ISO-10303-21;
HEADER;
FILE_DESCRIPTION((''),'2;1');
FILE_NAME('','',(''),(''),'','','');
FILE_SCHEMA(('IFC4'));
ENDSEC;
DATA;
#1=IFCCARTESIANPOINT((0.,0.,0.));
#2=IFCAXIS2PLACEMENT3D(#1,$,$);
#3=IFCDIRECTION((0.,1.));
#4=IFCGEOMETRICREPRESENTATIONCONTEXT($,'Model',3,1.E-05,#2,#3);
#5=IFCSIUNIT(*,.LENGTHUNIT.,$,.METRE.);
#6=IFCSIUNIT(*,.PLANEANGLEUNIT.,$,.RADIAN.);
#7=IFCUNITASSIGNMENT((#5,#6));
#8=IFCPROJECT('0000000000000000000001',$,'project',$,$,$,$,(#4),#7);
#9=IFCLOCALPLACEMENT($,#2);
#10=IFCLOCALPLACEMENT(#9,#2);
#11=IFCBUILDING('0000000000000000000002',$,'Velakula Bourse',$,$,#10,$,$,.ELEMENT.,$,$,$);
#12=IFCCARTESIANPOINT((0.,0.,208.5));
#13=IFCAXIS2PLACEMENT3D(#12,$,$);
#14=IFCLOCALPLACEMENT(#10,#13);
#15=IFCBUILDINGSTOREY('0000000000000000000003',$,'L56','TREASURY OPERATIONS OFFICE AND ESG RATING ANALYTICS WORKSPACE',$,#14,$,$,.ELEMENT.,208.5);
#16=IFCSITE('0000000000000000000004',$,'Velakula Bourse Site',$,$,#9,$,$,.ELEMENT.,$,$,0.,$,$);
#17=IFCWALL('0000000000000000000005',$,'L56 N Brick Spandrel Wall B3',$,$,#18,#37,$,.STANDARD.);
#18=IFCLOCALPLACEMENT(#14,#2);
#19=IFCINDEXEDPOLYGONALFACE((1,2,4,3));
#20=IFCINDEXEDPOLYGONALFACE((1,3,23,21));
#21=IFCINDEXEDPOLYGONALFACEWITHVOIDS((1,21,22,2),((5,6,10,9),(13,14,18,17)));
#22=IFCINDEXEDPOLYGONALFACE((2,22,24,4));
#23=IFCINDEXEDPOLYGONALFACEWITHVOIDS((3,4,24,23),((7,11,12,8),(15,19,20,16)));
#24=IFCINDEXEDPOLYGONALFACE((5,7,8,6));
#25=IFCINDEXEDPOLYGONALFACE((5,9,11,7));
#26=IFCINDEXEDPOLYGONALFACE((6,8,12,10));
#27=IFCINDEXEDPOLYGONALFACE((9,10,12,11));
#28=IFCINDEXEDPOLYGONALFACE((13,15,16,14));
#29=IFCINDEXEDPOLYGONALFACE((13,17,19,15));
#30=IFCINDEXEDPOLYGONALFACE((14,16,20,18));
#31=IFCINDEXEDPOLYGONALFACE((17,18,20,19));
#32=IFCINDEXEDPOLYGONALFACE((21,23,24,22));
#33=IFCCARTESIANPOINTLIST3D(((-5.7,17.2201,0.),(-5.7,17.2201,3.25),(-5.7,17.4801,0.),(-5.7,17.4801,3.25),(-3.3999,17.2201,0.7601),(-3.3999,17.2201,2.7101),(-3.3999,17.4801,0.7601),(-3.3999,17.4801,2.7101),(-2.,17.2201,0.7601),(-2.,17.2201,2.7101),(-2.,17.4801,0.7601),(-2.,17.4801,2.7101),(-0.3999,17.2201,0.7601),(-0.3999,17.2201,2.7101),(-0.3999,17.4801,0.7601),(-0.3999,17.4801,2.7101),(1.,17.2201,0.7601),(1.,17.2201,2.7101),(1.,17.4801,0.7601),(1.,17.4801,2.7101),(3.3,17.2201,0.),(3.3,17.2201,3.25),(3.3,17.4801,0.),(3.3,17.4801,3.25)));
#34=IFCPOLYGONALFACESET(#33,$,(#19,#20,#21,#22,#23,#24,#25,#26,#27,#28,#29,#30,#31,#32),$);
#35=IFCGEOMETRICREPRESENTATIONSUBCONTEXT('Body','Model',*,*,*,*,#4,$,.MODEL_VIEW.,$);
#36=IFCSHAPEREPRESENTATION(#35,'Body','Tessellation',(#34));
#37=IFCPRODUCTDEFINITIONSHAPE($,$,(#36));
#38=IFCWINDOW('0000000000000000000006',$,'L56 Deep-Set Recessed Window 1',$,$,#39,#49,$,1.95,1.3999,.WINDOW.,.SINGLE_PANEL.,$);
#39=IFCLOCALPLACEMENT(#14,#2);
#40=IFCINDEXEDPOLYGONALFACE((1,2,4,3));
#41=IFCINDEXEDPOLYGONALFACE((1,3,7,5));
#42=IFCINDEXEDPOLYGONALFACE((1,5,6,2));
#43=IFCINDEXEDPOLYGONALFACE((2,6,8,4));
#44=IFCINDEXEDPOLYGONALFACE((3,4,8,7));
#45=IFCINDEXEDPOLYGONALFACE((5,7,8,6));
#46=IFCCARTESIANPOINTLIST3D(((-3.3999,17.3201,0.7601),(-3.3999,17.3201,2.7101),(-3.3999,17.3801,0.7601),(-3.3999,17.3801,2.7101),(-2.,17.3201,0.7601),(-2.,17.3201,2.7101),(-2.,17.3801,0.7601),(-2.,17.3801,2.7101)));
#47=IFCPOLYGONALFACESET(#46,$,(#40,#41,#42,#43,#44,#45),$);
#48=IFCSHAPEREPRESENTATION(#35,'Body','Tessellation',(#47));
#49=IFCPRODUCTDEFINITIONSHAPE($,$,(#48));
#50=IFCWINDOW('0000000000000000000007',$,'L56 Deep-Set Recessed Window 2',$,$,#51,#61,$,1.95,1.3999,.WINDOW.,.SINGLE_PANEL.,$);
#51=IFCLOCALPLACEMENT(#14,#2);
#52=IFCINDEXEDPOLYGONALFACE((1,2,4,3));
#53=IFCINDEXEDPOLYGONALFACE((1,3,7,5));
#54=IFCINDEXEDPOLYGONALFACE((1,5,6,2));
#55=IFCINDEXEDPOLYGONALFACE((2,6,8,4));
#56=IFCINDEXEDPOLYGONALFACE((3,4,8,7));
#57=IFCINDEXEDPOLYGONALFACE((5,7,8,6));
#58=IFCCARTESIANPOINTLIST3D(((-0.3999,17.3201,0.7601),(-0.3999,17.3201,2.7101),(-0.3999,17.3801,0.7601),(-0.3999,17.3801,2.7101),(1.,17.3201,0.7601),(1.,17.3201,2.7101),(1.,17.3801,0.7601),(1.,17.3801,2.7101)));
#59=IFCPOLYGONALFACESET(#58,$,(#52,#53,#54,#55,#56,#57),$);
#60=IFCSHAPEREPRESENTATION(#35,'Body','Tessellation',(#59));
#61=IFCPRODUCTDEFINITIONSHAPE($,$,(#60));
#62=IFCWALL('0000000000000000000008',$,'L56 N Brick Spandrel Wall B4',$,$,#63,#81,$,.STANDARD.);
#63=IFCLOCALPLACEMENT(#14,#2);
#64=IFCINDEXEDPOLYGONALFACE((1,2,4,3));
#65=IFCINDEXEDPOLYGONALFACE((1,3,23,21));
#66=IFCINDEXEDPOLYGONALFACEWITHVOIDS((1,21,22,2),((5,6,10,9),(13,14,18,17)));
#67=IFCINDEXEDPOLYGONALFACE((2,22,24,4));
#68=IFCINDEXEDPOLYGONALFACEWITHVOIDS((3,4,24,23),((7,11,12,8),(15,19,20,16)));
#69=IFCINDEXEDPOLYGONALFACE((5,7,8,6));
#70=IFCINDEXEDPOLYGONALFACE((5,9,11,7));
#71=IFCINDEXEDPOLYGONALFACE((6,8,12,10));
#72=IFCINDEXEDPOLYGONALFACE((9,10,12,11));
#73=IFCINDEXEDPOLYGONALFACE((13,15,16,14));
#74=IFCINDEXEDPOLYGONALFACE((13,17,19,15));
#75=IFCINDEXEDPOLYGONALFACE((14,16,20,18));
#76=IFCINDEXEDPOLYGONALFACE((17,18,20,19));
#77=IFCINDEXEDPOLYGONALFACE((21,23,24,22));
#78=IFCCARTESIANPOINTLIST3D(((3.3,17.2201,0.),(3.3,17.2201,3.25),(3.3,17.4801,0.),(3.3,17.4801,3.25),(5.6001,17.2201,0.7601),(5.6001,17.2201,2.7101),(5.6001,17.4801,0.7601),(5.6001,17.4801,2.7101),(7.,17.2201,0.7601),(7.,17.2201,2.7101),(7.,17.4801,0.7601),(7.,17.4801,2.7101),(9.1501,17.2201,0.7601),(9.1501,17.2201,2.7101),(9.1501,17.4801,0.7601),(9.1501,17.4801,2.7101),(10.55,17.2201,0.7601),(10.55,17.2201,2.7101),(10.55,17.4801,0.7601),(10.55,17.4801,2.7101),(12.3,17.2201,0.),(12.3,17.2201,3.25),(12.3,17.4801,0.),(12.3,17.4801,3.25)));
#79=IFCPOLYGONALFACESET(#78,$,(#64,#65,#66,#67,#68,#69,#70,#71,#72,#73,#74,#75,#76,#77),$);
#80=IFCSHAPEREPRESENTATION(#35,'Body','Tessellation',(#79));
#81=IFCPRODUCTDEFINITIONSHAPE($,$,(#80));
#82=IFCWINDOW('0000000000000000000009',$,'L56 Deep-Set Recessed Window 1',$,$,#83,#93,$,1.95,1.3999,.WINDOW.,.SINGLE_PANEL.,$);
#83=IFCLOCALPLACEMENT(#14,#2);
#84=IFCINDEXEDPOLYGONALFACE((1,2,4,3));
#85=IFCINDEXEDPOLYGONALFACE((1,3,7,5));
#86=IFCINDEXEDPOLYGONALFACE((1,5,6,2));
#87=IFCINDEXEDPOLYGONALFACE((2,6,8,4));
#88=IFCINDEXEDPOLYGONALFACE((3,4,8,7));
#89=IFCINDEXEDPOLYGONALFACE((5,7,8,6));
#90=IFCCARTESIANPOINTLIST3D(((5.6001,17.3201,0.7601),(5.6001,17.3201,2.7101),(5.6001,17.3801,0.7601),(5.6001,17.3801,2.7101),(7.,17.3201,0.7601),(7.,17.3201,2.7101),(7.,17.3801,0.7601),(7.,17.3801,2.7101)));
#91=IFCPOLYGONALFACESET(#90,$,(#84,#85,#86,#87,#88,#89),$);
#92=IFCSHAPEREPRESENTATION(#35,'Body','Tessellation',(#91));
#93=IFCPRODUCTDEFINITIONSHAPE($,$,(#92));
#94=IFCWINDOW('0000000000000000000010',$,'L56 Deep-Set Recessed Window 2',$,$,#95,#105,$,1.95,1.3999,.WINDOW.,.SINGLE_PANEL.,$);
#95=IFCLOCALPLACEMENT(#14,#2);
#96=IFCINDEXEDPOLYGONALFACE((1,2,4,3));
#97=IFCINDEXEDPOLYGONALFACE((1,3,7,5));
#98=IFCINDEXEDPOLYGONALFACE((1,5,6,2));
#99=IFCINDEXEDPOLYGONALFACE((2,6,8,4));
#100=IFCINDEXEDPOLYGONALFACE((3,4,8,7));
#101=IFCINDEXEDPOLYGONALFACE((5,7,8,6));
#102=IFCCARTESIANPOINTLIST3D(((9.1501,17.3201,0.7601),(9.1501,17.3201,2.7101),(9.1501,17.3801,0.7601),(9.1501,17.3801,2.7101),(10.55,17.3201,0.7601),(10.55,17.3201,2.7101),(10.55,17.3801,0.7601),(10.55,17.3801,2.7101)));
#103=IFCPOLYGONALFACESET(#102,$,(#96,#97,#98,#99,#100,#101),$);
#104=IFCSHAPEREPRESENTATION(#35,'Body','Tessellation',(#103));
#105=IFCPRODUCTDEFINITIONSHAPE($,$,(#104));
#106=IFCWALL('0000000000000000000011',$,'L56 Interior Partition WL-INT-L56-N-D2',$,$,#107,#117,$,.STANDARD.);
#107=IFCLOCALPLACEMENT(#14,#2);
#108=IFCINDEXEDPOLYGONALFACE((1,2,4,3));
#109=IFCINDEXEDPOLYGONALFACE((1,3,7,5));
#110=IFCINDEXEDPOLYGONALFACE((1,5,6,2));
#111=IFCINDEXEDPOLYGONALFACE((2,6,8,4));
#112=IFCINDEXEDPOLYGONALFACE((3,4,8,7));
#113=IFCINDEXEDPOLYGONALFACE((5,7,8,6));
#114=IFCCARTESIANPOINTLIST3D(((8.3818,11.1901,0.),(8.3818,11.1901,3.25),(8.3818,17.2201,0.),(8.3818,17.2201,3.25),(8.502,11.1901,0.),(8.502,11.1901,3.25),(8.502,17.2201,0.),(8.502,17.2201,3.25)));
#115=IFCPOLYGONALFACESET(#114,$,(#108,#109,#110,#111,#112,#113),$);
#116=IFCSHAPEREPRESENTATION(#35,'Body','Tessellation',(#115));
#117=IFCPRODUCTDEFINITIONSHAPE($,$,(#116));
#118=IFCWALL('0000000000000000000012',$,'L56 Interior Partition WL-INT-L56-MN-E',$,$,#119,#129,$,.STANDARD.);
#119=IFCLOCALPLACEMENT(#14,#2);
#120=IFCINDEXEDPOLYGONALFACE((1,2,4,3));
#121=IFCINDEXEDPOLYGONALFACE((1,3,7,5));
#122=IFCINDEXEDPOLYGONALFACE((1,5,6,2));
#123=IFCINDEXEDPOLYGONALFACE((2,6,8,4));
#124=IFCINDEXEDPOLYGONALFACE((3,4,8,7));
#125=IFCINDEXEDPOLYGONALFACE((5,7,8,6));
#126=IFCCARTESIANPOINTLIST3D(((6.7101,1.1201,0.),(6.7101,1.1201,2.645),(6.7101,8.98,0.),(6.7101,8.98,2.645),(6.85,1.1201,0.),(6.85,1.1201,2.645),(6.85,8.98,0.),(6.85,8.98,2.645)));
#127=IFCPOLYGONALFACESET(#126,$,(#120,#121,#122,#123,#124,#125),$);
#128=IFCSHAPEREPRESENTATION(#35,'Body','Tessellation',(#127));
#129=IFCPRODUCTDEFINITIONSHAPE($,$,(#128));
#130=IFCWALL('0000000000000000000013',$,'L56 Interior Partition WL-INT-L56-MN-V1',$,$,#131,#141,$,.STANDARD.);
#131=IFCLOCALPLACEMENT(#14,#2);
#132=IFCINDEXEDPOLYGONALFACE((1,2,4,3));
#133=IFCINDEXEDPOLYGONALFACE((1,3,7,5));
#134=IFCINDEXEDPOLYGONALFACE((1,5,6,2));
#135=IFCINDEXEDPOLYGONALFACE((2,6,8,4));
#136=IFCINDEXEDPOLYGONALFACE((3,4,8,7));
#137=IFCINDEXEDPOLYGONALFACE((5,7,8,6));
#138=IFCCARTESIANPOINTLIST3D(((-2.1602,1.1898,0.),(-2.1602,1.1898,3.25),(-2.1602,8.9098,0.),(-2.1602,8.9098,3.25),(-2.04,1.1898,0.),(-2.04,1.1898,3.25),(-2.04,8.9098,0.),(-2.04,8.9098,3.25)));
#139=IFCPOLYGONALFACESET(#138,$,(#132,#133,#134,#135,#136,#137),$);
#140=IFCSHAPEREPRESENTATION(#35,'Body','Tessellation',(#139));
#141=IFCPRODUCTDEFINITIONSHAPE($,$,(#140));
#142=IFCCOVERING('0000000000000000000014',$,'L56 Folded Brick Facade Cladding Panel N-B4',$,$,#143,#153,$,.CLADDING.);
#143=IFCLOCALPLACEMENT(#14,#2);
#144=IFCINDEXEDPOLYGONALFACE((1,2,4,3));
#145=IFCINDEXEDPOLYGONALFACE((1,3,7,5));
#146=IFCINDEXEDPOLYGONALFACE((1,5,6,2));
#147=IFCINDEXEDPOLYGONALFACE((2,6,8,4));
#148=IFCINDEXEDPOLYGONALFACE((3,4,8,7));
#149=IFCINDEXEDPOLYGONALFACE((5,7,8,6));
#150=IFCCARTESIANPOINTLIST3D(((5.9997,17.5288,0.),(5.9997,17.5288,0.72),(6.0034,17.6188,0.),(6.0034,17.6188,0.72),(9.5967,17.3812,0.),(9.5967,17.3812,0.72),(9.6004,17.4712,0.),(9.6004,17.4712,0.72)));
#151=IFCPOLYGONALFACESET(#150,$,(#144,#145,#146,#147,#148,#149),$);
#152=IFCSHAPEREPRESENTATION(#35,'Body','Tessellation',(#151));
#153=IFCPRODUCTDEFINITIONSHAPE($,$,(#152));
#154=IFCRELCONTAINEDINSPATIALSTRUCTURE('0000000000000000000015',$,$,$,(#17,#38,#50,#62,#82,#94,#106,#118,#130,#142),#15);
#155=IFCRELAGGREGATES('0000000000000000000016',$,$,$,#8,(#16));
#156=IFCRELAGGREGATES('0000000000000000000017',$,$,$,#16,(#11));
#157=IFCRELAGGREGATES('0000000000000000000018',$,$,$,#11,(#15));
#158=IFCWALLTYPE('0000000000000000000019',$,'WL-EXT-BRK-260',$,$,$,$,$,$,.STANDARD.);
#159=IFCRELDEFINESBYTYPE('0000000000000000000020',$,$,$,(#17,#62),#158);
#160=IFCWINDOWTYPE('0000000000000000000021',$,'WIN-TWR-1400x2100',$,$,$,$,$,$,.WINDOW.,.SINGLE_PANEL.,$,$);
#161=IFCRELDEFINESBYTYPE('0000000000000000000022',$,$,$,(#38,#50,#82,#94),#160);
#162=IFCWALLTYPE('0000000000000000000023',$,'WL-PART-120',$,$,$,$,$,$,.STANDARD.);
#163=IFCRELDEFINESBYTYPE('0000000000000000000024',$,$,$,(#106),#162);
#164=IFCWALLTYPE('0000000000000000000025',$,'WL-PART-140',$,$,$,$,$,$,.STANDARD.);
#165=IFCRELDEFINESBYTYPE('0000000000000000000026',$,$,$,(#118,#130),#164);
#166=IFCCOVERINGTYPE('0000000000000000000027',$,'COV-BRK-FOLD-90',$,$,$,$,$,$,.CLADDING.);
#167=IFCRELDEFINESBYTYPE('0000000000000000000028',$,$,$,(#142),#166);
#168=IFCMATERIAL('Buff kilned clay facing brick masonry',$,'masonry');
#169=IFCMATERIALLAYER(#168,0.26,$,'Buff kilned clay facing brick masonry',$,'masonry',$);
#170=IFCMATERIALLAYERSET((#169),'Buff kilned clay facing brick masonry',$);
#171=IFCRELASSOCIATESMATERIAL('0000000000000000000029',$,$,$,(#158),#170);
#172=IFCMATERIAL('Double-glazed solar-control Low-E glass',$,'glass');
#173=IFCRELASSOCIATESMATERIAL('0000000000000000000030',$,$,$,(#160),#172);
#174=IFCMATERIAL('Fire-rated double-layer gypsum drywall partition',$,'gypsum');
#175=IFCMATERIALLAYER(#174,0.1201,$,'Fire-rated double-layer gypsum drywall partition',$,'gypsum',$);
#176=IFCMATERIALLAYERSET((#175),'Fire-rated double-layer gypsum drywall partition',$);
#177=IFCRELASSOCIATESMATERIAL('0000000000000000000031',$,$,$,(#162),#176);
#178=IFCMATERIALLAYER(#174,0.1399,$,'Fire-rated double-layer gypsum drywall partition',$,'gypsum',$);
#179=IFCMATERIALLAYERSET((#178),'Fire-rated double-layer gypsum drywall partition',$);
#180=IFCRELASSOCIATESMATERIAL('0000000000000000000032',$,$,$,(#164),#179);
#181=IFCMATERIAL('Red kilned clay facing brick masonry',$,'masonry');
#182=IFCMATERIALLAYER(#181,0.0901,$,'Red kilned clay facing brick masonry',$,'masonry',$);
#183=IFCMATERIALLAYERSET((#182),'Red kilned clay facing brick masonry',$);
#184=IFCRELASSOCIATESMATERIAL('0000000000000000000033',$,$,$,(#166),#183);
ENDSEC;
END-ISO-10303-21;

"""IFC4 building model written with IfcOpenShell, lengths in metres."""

from ifc_helpers import new_model, si_unit, direction, frame, frame_2d, origin, origin_2d, place, context, subcontext, project, spatial, rectangle, extrude, material, layer, layer_set, type_object, element, fill, save


model = new_model("IFC4")

# Units and contexts
model_context = context("Model", 3, precision=1e-05, world=origin(), true_north=direction((0.0, 1.0)))
body_context = subcontext(model_context, "Body", "Model", "MODEL_VIEW")
ifc_project = project(units=[si_unit("LENGTHUNIT", "METRE"), si_unit("PLANEANGLEUNIT", "RADIAN")], contexts=[model_context])

# Site, building, storey
site_placement = place(None, origin())
site = spatial("IfcSite", under=ifc_project, at=site_placement, Name="Velakula Bourse Site", CompositionType="ELEMENT", RefElevation=0.0)
building_placement = place(site_placement, origin())
building = spatial("IfcBuilding", under=site, at=building_placement, Name="Velakula Bourse", CompositionType="ELEMENT")
storey_placement = place(building_placement, frame((0.0, 0.0, 208.5)))
storey = spatial("IfcBuildingStorey", under=building, at=storey_placement, Name="L56", Description="TREASURY OPERATIONS OFFICE AND ESG RATING ANALYTICS WORKSPACE", CompositionType="ELEMENT", Elevation=208.5)

# Walls, openings, windows
ifc_material_1 = material(Name="Buff kilned clay facing brick masonry", Category="masonry")
ifc_layer_1 = layer(ifc_material_1, 0.26, Name="Buff kilned clay facing brick masonry", Category="masonry")
ifc_layer_set_1 = layer_set([ifc_layer_1], Name="Buff kilned clay facing brick masonry")
wall_type_1 = type_object("IfcWallType", Name="WL-EXT-BRK-260", PredefinedType="STANDARD", material=ifc_layer_set_1)
wall_1_placement = place(storey_placement, frame((-5.7, 17.3501, 0.0), z_axis=(0.0, 0.0, 1.0), x_axis=(1.0, 0.0, 0.0)))
wall_1 = element("IfcWall", 1, at=wall_1_placement, inside=storey, type_object=wall_type_1, Name="L56 N Brick Spandrel Wall B3", PredefinedType="STANDARD", context=body_context, shape_type="SweptSolid", body=[
    extrude(rectangle(XDim=9.0, YDim=0.26, at=frame_2d((4.5, 0.0))), origin(), (0.0, 0.0, 1.0), 3.25),
])
opening_1_placement = place(wall_1_placement, frame((2.3, 0.0, 0.76)))
opening_1 = element("IfcOpeningElement", 2, at=opening_1_placement, cuts=wall_1, PredefinedType="OPENING", context=body_context, shape_type="SweptSolid", body=[
    extrude(rectangle(XDim=1.3999, YDim=1.95, at=frame_2d((0.7, 0.9751))), frame((0.0, 0.1399, 0.0), z_axis=(0.0, -1.0, 0.0), x_axis=(1.0, 0.0, 0.0)), (0.0, 0.0, 1.0), 0.28),
])
opening_2_placement = place(wall_1_placement, frame((5.3, 0.0, 0.76)))
opening_2 = element("IfcOpeningElement", 3, at=opening_2_placement, cuts=wall_1, PredefinedType="OPENING", context=body_context, shape_type="SweptSolid", body=[
    extrude(rectangle(XDim=1.3999, YDim=1.95, at=frame_2d((0.7, 0.9751))), frame((0.0, 0.1399, 0.0), z_axis=(0.0, -1.0, 0.0), x_axis=(1.0, 0.0, 0.0)), (0.0, 0.0, 1.0), 0.28),
])
ifc_material_2 = material(Name="Double-glazed solar-control Low-E glass", Category="glass")
window_type = type_object("IfcWindowType", Name="WIN-TWR-1400x2100", PartitioningType="SINGLE_PANEL", PredefinedType="WINDOW", material=ifc_material_2)
window_1_placement = place(opening_1_placement, origin())
window_1 = element("IfcWindow", 4, at=window_1_placement, inside=storey, type_object=window_type, Name="L56 Deep-Set Recessed Window 1", OverallHeight=1.95, OverallWidth=1.3999, PartitioningType="SINGLE_PANEL", PredefinedType="WINDOW", context=body_context, shape_type="SweptSolid", body=[
    extrude(rectangle(XDim=1.3999, YDim=1.95, at=frame_2d((0.7, 0.9751))), frame((0.0, 0.03, 0.0), z_axis=(0.0, -1.0, 0.0), x_axis=(1.0, 0.0, 0.0)), (0.0, 0.0, 1.0), 0.0601),
])
fill(opening_1, window_1)
window_2_placement = place(opening_2_placement, origin())
window_2 = element("IfcWindow", 5, at=window_2_placement, inside=storey, type_object=window_type, Name="L56 Deep-Set Recessed Window 2", OverallHeight=1.95, OverallWidth=1.3999, PartitioningType="SINGLE_PANEL", PredefinedType="WINDOW", context=body_context, shape_type="SweptSolid", body=[
    extrude(rectangle(XDim=1.3999, YDim=1.95, at=frame_2d((0.7, 0.9751))), frame((0.0, 0.03, 0.0), z_axis=(0.0, -1.0, 0.0), x_axis=(1.0, 0.0, 0.0)), (0.0, 0.0, 1.0), 0.0601),
])
fill(opening_2, window_2)
wall_2_placement = place(storey_placement, frame((3.3, 17.3501, 0.0), z_axis=(0.0, 0.0, 1.0), x_axis=(1.0, 0.0, 0.0)))
wall_2 = element("IfcWall", 6, at=wall_2_placement, inside=storey, type_object=wall_type_1, Name="L56 N Brick Spandrel Wall B4", PredefinedType="STANDARD", context=body_context, shape_type="SweptSolid", body=[
    extrude(rectangle(XDim=9.0, YDim=0.26, at=frame_2d((4.5, 0.0))), origin(), (0.0, 0.0, 1.0), 3.25),
])
opening_3_placement = place(wall_2_placement, frame((2.3, 0.0, 0.76)))
opening_3 = element("IfcOpeningElement", 7, at=opening_3_placement, cuts=wall_2, PredefinedType="OPENING", context=body_context, shape_type="SweptSolid", body=[
    extrude(rectangle(XDim=1.3999, YDim=1.95, at=frame_2d((0.7, 0.9751))), frame((0.0, 0.1399, 0.0), z_axis=(0.0, -1.0, 0.0), x_axis=(1.0, 0.0, 0.0)), (0.0, 0.0, 1.0), 0.28),
])
opening_4_placement = place(wall_2_placement, frame((5.8501, 0.0, 0.76)))
opening_4 = element("IfcOpeningElement", 8, at=opening_4_placement, cuts=wall_2, PredefinedType="OPENING", context=body_context, shape_type="SweptSolid", body=[
    extrude(rectangle(XDim=1.3999, YDim=1.95, at=frame_2d((0.7, 0.9751))), frame((0.0, 0.1399, 0.0), z_axis=(0.0, -1.0, 0.0), x_axis=(1.0, 0.0, 0.0)), (0.0, 0.0, 1.0), 0.28),
])
window_3_placement = place(opening_3_placement, origin())
window_3 = element("IfcWindow", 9, at=window_3_placement, inside=storey, type_object=window_type, Name="L56 Deep-Set Recessed Window 1", OverallHeight=1.95, OverallWidth=1.3999, PartitioningType="SINGLE_PANEL", PredefinedType="WINDOW", context=body_context, shape_type="SweptSolid", body=[
    extrude(rectangle(XDim=1.3999, YDim=1.95, at=frame_2d((0.7, 0.9751))), frame((0.0, 0.03, 0.0), z_axis=(0.0, -1.0, 0.0), x_axis=(1.0, 0.0, 0.0)), (0.0, 0.0, 1.0), 0.0601),
])
fill(opening_3, window_3)
window_4_placement = place(opening_4_placement, origin())
window_4 = element("IfcWindow", 10, at=window_4_placement, inside=storey, type_object=window_type, Name="L56 Deep-Set Recessed Window 2", OverallHeight=1.95, OverallWidth=1.3999, PartitioningType="SINGLE_PANEL", PredefinedType="WINDOW", context=body_context, shape_type="SweptSolid", body=[
    extrude(rectangle(XDim=1.3999, YDim=1.95, at=frame_2d((0.7, 0.9751))), frame((0.0, 0.03, 0.0), z_axis=(0.0, -1.0, 0.0), x_axis=(1.0, 0.0, 0.0)), (0.0, 0.0, 1.0), 0.0601),
])
fill(opening_4, window_4)

# Walls
ifc_material_3 = material(Name="Fire-rated double-layer gypsum drywall partition", Category="gypsum")
ifc_layer_2 = layer(ifc_material_3, 0.1201, Name="Fire-rated double-layer gypsum drywall partition", Category="gypsum")
ifc_layer_set_2 = layer_set([ifc_layer_2], Name="Fire-rated double-layer gypsum drywall partition")
wall_type_2 = type_object("IfcWallType", Name="WL-PART-120", PredefinedType="STANDARD", material=ifc_layer_set_2)
wall_3_placement = place(storey_placement, frame((8.4419, 11.1899, 0.0), z_axis=(0.0, 0.0, 1.0), x_axis=(0.0, 1.0, 0.0)))
element("IfcWall", 11, at=wall_3_placement, inside=storey, type_object=wall_type_2, Name="L56 Interior Partition WL-INT-L56-N-D2", PredefinedType="STANDARD", context=body_context, shape_type="SweptSolid", body=[
    extrude(rectangle(XDim=6.03, YDim=0.1201, at=frame_2d((3.0151, 0.0))), origin(), (0.0, 0.0, 1.0), 3.25),
])
ifc_layer_3 = layer(ifc_material_3, 0.1399, Name="Fire-rated double-layer gypsum drywall partition", Category="gypsum")
ifc_layer_set_3 = layer_set([ifc_layer_3], Name="Fire-rated double-layer gypsum drywall partition")
wall_type_3 = type_object("IfcWallType", Name="WL-PART-140", PredefinedType="STANDARD", material=ifc_layer_set_3)
wall_4_placement = place(storey_placement, frame((6.78, 1.1201, 0.0), z_axis=(0.0, 0.0, 1.0), x_axis=(0.0, 1.0, 0.0)))
element("IfcWall", 12, at=wall_4_placement, inside=storey, type_object=wall_type_3, Name="L56 Interior Partition WL-INT-L56-MN-E", PredefinedType="STANDARD", context=body_context, shape_type="SweptSolid", body=[
    extrude(rectangle(XDim=7.8599, YDim=0.1399, at=frame_2d((3.9299, 0.0))), origin(), (0.0, 0.0, 1.0), 2.645),
])
wall_5_placement = place(storey_placement, frame((-2.1001, 1.1899, 0.0), z_axis=(0.0, 0.0, 1.0), x_axis=(0.0, 1.0, 0.0)))
element("IfcWall", 13, at=wall_5_placement, inside=storey, type_object=wall_type_3, Name="L56 Interior Partition WL-INT-L56-MN-V1", PredefinedType="STANDARD", context=body_context, shape_type="SweptSolid", body=[
    extrude(rectangle(XDim=7.72, YDim=0.1201, at=frame_2d((3.8599, 0.0))), origin(), (0.0, 0.0, 1.0), 3.25),
])

# Covering
ifc_material_4 = material(Name="Red kilned clay facing brick masonry", Category="masonry")
ifc_layer_4 = layer(ifc_material_4, 0.0901, Name="Red kilned clay facing brick masonry", Category="masonry")
ifc_layer_set_4 = layer_set([ifc_layer_4], Name="Red kilned clay facing brick masonry")
covering_type_1 = type_object("IfcCoveringType", Name="COV-BRK-FOLD-90", PredefinedType="CLADDING", material=ifc_layer_set_4)
covering_1_placement = place(storey_placement, frame((7.8, 17.5, 0.0), z_axis=(0.0, 0.0, 1.0), x_axis=(0.999159, -0.041004, 0.0)))
element("IfcCovering", 14, at=covering_1_placement, inside=storey, type_object=covering_type_1, Name="L56 Folded Brick Facade Cladding Panel N-B4", PredefinedType="CLADDING", context=body_context, shape_type="SweptSolid", body=[
    extrude(rectangle(XDim=3.6001, YDim=0.0901, at=origin_2d()), origin(), (0.0, 0.0, 1.0), 0.72),
])

save(model, "model.ifc")
